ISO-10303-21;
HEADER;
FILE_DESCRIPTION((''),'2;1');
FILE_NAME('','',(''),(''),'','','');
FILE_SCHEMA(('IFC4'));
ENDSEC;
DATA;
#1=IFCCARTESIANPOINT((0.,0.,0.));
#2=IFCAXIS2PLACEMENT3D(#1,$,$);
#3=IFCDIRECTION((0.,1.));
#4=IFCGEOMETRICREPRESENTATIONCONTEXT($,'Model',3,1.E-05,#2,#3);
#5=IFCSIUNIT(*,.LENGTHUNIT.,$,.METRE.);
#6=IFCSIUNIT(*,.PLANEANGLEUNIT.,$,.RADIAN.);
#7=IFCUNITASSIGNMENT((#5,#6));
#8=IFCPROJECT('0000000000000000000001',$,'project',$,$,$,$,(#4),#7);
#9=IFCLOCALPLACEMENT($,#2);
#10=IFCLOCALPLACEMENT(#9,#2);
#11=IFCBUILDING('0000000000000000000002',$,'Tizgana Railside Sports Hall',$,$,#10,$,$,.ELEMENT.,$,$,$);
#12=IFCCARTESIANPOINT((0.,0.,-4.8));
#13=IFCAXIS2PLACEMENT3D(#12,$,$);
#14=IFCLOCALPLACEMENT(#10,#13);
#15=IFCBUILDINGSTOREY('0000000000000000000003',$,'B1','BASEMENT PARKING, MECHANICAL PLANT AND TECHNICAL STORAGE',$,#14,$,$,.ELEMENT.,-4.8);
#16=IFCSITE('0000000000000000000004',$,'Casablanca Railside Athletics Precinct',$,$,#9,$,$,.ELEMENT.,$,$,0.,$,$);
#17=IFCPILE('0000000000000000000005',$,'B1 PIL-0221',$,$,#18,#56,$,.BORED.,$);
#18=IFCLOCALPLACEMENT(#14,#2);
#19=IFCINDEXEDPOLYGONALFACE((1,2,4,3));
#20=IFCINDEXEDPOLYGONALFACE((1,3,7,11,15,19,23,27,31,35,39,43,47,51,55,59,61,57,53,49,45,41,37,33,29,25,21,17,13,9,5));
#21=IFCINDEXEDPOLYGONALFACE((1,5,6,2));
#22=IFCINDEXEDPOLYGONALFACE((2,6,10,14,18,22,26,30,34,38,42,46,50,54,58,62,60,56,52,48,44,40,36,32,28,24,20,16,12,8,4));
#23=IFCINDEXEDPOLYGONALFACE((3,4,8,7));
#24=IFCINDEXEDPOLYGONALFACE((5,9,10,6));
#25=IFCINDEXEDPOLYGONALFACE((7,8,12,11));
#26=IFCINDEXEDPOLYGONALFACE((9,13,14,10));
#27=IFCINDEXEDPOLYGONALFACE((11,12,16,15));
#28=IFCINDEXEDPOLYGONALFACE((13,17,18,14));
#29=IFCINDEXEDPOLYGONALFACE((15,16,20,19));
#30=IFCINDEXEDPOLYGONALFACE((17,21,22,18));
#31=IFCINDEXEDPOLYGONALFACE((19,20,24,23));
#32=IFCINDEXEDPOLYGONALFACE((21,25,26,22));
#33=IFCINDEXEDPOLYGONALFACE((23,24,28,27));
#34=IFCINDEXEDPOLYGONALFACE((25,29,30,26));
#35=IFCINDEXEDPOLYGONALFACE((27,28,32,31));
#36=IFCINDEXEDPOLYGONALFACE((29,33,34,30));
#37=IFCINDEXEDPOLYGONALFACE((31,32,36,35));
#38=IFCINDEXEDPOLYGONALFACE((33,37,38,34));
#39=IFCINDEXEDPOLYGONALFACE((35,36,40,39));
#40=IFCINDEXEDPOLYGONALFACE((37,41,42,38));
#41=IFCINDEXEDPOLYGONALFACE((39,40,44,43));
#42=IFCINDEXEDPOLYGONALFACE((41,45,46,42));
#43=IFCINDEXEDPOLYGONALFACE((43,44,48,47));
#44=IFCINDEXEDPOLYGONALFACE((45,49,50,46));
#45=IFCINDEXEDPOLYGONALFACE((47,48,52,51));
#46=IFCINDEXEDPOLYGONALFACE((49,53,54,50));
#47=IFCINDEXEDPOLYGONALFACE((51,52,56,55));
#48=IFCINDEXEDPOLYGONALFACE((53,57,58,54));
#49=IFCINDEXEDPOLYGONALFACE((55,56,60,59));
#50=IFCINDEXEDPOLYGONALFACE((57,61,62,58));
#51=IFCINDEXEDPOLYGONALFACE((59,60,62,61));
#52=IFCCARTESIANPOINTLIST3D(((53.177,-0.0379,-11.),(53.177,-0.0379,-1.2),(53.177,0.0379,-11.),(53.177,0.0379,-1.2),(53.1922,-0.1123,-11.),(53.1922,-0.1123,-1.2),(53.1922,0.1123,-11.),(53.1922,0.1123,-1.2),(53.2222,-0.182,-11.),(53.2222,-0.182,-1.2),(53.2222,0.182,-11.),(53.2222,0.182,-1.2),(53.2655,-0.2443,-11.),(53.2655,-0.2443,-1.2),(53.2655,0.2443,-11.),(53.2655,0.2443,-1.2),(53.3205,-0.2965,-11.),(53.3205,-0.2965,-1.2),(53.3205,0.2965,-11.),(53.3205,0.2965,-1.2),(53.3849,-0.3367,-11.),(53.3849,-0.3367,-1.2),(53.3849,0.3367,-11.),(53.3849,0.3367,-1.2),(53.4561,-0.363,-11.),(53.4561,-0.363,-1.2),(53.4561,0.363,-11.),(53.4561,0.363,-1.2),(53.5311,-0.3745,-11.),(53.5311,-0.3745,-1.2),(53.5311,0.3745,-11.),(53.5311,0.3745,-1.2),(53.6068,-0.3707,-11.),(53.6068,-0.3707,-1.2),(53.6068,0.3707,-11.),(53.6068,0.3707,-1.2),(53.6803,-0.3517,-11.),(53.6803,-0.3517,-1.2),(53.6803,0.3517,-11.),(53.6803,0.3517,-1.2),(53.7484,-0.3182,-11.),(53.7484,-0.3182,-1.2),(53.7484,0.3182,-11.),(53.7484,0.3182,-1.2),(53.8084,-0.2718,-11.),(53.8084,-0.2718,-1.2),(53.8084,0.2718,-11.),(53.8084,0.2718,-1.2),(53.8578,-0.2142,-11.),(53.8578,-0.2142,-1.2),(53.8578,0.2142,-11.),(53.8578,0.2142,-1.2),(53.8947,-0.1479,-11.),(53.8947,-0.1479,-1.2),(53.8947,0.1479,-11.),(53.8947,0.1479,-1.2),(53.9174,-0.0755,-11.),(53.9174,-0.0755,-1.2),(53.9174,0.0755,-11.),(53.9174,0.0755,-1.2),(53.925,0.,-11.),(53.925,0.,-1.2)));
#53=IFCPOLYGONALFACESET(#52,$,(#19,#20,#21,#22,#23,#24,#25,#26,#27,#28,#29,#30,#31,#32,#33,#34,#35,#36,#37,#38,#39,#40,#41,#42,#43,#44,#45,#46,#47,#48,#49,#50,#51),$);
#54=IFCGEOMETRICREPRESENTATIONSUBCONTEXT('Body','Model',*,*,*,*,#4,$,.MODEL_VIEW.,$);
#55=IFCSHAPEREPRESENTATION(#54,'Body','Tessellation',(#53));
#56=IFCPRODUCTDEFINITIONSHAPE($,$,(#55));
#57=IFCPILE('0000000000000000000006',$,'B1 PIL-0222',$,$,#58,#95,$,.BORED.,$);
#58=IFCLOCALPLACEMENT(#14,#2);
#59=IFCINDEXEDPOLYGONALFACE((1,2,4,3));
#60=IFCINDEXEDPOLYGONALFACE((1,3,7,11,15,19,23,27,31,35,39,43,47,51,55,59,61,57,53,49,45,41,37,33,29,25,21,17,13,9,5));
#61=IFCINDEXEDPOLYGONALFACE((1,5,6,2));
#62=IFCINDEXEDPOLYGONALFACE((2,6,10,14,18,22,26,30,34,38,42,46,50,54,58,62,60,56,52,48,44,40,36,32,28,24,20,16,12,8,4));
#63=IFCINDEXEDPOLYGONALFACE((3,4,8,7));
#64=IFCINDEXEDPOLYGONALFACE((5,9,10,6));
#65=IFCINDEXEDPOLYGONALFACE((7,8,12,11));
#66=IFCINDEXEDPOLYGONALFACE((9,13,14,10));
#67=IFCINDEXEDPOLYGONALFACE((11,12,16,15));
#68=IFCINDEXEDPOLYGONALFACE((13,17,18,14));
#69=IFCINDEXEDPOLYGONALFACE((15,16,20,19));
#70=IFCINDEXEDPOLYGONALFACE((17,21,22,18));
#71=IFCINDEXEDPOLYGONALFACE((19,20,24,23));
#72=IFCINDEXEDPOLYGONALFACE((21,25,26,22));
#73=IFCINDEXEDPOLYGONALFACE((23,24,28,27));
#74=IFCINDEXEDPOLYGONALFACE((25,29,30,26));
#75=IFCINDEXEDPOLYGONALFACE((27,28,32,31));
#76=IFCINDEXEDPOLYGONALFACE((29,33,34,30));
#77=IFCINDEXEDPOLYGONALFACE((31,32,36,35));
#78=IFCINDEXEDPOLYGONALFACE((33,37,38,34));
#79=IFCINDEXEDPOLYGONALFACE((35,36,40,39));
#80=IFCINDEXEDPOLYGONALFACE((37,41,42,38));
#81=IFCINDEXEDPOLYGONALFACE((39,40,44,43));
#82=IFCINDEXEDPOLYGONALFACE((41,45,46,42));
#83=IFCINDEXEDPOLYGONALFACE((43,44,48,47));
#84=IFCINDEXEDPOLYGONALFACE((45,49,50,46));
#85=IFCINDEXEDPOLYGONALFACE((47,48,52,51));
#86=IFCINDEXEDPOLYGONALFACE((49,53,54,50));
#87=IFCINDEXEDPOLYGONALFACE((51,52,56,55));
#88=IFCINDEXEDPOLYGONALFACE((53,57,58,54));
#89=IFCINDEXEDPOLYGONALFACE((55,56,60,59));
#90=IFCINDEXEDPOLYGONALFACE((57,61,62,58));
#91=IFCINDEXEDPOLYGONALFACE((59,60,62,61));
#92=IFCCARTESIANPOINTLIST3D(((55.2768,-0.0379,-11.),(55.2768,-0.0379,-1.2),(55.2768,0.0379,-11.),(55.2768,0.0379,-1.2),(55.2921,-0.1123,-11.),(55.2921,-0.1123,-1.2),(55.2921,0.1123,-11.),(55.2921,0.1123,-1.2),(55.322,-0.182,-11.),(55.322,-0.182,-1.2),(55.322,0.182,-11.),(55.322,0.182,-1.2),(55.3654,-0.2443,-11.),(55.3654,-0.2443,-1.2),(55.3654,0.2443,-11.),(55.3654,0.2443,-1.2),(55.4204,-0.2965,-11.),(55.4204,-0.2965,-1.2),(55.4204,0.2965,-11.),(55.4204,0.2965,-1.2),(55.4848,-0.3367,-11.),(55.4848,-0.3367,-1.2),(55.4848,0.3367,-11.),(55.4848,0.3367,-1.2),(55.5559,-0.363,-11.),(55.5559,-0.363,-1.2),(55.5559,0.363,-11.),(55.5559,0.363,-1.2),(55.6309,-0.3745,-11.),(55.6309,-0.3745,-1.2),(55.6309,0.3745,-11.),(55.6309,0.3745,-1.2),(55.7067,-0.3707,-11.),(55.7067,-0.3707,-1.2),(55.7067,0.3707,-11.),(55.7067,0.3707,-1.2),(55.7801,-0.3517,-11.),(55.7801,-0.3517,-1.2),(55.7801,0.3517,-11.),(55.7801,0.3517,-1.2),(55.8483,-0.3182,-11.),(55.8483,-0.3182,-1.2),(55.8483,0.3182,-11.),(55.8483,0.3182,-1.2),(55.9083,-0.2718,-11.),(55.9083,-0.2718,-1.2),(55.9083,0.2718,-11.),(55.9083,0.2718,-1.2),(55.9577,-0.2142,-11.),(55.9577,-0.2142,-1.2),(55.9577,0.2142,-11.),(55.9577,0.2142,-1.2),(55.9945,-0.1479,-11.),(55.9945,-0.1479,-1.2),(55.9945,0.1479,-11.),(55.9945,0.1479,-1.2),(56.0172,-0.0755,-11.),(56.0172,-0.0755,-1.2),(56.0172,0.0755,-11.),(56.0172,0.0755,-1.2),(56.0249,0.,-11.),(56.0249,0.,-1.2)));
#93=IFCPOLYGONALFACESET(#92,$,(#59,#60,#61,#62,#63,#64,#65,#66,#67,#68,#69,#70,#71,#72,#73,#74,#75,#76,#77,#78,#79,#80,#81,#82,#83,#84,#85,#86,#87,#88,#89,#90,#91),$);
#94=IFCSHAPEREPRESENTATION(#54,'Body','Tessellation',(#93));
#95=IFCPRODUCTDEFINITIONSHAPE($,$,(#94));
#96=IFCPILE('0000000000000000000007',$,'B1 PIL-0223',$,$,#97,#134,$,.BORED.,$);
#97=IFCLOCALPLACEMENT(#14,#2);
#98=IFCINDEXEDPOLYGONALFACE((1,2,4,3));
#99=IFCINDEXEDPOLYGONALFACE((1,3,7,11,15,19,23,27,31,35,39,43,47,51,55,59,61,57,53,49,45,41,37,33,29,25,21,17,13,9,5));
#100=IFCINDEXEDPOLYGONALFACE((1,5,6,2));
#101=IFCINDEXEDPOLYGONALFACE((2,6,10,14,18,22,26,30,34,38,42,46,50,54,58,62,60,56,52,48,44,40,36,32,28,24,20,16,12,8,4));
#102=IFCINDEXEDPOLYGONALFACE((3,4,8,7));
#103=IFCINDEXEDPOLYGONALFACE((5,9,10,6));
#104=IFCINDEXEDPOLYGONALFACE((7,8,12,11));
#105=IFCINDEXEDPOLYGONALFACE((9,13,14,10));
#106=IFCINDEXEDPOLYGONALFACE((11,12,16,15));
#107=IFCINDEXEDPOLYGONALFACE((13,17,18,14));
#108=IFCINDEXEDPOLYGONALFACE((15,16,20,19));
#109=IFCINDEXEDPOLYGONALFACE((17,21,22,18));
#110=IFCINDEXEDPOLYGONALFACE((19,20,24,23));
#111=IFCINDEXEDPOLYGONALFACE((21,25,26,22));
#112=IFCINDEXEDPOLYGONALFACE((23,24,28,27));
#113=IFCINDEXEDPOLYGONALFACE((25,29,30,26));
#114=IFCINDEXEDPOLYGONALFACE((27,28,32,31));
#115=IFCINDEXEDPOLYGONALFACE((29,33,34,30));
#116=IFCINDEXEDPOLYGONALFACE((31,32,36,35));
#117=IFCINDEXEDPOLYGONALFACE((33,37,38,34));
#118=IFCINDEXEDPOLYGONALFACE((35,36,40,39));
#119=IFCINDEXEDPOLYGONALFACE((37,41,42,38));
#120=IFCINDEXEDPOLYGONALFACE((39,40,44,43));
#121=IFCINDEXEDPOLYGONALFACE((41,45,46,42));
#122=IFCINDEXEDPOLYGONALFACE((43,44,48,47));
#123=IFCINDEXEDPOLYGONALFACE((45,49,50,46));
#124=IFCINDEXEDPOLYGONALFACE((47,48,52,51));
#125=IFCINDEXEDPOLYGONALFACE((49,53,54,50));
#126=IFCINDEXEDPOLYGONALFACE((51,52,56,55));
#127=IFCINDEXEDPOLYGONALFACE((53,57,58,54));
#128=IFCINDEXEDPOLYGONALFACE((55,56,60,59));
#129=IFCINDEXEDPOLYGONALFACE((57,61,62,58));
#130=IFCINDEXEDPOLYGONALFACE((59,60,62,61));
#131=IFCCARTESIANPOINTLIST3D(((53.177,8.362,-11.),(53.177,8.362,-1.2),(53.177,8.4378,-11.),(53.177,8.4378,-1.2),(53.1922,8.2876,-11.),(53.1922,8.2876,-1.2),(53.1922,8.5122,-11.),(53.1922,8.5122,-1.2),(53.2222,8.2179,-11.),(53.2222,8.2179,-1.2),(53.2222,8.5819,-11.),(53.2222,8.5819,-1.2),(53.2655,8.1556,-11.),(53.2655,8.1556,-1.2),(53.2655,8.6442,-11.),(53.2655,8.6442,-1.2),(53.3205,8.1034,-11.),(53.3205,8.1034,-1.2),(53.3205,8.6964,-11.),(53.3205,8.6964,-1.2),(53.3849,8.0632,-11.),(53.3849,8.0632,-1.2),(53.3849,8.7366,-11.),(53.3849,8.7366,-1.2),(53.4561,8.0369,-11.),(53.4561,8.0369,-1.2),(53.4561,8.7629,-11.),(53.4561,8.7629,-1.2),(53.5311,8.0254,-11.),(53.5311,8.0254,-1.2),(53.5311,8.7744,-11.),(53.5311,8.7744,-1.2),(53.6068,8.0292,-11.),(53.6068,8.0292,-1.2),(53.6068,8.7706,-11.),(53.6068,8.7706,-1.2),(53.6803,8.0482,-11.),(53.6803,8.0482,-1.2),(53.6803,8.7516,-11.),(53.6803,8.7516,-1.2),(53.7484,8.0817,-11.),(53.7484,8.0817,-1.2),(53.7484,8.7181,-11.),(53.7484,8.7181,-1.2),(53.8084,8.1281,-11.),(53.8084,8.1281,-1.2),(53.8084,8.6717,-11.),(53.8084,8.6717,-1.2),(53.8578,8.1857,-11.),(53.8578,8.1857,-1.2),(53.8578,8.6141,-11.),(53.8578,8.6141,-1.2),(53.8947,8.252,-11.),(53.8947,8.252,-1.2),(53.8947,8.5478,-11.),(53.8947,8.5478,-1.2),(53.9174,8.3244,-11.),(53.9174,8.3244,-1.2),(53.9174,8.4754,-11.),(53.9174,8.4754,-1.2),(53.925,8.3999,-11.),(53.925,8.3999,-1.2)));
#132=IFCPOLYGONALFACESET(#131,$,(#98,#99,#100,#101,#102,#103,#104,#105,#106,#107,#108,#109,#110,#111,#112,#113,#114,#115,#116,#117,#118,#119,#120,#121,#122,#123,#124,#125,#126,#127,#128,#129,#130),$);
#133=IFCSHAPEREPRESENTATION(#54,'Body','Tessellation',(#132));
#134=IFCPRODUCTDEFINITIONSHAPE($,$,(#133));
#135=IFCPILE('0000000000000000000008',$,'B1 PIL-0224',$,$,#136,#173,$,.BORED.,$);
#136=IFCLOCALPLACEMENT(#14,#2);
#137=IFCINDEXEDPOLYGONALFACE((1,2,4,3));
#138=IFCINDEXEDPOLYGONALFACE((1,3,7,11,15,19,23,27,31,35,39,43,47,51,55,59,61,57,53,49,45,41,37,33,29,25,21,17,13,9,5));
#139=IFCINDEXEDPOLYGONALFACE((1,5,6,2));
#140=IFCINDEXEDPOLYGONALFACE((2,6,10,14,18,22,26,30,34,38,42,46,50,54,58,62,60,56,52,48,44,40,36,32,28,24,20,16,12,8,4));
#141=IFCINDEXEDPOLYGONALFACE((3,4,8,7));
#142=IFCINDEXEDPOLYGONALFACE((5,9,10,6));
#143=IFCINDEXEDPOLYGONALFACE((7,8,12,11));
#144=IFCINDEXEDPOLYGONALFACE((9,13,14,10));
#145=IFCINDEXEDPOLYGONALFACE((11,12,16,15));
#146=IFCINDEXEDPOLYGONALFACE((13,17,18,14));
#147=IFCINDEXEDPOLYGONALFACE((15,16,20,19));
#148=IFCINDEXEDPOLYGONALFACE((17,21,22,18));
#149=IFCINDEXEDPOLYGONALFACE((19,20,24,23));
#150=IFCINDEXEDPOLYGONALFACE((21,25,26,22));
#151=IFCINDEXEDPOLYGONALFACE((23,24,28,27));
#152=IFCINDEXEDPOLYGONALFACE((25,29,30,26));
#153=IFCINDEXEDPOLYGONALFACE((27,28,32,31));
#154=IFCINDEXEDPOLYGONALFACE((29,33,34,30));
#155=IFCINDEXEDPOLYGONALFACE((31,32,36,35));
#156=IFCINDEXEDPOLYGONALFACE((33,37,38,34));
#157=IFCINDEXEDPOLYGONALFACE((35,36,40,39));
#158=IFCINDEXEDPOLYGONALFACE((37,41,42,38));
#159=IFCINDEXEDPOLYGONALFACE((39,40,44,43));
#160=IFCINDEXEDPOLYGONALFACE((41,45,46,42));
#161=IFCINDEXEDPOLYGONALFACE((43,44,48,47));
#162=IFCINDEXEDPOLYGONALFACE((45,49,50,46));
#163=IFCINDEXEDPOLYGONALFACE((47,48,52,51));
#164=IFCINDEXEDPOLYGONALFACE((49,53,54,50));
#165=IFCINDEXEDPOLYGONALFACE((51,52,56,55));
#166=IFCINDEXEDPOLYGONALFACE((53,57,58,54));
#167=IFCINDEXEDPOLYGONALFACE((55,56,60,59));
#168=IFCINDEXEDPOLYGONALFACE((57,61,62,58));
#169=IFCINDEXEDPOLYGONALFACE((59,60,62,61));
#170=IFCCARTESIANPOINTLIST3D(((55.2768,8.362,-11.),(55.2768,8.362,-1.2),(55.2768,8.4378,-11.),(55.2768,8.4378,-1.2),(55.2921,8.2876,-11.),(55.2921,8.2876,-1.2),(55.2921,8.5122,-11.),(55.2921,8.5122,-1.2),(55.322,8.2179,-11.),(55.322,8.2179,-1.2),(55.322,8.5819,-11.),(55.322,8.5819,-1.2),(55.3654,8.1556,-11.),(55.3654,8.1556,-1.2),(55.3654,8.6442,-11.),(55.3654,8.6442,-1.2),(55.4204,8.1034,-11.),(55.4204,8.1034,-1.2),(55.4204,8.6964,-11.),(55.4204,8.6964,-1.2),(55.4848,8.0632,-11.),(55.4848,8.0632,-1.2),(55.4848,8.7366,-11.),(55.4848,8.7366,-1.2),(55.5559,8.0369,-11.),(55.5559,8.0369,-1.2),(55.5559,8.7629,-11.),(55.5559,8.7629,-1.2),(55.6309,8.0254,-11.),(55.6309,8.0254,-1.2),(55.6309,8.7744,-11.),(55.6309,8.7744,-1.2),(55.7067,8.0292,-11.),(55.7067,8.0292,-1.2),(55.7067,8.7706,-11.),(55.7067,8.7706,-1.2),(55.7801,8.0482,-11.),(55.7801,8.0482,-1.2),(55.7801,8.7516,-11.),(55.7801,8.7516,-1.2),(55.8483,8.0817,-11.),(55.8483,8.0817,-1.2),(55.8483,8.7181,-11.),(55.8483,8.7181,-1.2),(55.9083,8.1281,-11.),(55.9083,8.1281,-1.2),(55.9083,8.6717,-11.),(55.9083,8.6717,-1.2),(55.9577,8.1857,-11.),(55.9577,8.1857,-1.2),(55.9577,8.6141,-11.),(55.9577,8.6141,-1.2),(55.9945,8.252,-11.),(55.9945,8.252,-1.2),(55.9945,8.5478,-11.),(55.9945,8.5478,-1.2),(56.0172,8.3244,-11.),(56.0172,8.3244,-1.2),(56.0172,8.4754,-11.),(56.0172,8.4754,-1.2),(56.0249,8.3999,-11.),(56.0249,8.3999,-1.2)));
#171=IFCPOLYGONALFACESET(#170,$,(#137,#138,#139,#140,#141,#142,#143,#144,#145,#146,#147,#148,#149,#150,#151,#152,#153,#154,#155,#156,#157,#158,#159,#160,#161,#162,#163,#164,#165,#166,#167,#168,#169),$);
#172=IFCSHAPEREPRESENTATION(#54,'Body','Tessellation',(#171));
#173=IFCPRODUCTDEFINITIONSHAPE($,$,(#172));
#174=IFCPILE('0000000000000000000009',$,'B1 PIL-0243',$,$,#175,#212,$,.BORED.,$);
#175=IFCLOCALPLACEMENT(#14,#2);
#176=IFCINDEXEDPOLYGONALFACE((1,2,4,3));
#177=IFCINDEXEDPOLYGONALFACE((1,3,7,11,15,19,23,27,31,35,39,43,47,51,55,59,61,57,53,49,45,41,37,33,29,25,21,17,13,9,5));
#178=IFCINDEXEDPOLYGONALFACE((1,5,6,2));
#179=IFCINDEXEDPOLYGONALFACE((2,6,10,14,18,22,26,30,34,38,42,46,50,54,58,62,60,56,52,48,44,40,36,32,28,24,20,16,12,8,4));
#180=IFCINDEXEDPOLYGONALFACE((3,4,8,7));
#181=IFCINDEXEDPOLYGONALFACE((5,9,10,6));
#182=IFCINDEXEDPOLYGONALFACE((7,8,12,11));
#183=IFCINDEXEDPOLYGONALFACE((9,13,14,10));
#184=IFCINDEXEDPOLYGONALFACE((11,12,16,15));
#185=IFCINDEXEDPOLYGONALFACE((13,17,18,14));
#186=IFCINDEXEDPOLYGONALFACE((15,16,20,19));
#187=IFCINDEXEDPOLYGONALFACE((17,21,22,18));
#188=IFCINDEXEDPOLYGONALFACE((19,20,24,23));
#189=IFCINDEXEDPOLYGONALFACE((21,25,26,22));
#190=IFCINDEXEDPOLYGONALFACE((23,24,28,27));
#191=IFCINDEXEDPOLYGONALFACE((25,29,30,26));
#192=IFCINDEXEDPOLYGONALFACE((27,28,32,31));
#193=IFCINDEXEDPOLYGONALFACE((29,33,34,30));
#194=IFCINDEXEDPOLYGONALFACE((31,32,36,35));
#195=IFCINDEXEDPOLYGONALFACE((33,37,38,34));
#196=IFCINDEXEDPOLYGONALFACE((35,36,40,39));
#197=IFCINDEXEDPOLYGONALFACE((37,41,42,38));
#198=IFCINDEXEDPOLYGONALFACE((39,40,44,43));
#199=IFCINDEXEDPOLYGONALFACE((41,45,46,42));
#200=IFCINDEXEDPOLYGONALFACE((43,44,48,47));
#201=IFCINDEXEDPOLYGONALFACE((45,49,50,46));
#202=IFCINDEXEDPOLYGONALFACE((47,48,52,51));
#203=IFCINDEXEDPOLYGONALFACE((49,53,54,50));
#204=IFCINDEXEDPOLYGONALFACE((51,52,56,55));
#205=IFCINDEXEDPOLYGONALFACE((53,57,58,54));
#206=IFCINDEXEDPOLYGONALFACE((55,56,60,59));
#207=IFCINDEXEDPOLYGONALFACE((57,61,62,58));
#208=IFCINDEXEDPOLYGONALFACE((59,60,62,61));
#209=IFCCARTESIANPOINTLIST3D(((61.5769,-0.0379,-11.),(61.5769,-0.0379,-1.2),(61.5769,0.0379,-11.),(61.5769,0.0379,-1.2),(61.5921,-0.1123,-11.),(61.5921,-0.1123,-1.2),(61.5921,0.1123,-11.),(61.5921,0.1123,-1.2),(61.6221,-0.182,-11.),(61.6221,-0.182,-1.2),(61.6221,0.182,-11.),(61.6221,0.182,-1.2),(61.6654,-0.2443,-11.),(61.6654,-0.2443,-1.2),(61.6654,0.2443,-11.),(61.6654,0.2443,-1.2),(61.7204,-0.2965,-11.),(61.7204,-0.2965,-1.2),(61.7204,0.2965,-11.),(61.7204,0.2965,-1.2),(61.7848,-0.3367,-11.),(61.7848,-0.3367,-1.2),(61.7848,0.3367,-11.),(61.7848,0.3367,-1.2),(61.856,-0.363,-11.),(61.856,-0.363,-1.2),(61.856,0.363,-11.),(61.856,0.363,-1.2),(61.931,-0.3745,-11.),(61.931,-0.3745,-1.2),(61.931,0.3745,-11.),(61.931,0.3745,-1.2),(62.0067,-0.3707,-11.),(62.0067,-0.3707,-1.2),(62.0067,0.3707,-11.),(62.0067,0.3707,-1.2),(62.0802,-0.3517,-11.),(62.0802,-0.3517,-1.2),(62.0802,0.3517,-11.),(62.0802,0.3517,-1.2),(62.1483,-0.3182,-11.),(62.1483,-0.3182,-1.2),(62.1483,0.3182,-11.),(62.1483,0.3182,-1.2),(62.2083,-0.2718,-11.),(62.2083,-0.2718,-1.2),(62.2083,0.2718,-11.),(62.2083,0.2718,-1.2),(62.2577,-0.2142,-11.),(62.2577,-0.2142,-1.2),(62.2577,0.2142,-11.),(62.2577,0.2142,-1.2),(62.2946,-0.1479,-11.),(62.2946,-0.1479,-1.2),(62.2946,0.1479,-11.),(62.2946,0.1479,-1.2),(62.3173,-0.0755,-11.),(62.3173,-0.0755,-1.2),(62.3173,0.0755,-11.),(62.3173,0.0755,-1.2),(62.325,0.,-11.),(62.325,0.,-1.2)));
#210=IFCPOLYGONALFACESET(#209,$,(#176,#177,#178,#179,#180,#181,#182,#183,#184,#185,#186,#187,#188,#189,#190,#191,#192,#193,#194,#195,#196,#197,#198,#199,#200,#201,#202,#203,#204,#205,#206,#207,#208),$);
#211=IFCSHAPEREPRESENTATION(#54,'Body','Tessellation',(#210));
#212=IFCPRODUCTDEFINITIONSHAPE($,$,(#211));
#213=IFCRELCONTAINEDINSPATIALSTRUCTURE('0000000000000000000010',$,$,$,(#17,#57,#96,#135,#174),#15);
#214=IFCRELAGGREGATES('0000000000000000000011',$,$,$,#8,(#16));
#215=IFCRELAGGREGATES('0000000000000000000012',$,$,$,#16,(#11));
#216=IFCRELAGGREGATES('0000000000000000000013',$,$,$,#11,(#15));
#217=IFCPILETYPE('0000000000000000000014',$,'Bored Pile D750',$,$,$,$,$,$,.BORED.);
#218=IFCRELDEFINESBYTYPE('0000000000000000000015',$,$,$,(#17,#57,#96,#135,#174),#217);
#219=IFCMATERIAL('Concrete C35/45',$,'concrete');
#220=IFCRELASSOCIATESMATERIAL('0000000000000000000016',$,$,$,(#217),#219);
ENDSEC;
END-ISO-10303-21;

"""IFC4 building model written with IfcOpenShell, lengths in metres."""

from ifc_helpers import new_model, si_unit, direction, frame, origin, origin_2d, place, context, subcontext, project, spatial, circle, extrude, material, material_profile, profile_set, type_object, element, save


model = new_model("IFC4")

# Units and contexts
model_context = context("Model", 3, precision=1e-05, world=origin(), true_north=direction((0.0, 1.0)))
body_context = subcontext(model_context, "Body", "Model", "MODEL_VIEW")
ifc_project = project(units=[si_unit("LENGTHUNIT", "METRE"), si_unit("PLANEANGLEUNIT", "RADIAN")], contexts=[model_context])

# Site, building, storey
site_placement = place(None, origin())
site = spatial("IfcSite", under=ifc_project, at=site_placement, Name="Casablanca Railside Athletics Precinct", CompositionType="ELEMENT", RefElevation=0.0)
building_placement = place(site_placement, origin())
building = spatial("IfcBuilding", under=site, at=building_placement, Name="Tizgana Railside Sports Hall", CompositionType="ELEMENT")
storey_placement = place(building_placement, frame((0.0, 0.0, -4.8)))
storey = spatial("IfcBuildingStorey", under=building, at=storey_placement, Name="B1", Description="BASEMENT PARKING, MECHANICAL PLANT AND TECHNICAL STORAGE", CompositionType="ELEMENT", Elevation=-4.8)

# Piles
ifc_material_1 = material(Name="Concrete C35/45", Category="concrete")
ifc_material_profile_1 = material_profile(ifc_material_1, circle(Radius=0.375, at=origin_2d()), Name="PILE D750")
ifc_profile_set_1 = profile_set([ifc_material_profile_1], Name="Concrete C35/45")
pile_type = type_object("IfcPileType", Name="Bored Pile D750", PredefinedType="BORED", material=ifc_profile_set_1)
for number, where, z_axis, x_axis, name in (
    (1, (53.55, 0.0, -1.2), (0.0, 0.0, -1.0), (1.0, 0.0, 0.0), "B1 PIL-0221"),
    (2, (55.6499, 0.0, -1.2), (0.0, 0.0, -1.0), (1.0, 0.0, 0.0), "B1 PIL-0222"),
    (3, (53.55, 8.3999, -1.2), (0.0, 0.0, -1.0), (1.0, 0.0, 0.0), "B1 PIL-0223"),
    (4, (55.6499, 8.3999, -1.2), (0.0, 0.0, -1.0), (1.0, 0.0, 0.0), "B1 PIL-0224"),
    (5, (61.95, 0.0, -1.2), (0.0, 0.0, -1.0), (1.0, 0.0, 0.0), "B1 PIL-0243"),
):
    element("IfcPile", number, at=place(storey_placement, frame(where, z_axis=z_axis, x_axis=x_axis)), inside=storey, type_object=pile_type, Name=name, PredefinedType="BORED", context=body_context, shape_type="SweptSolid", body=[
        extrude(circle(Radius=0.375, at=origin_2d()), origin(), (0.0, 0.0, 1.0), 9.8),
    ])

save(model, "model.ifc")
